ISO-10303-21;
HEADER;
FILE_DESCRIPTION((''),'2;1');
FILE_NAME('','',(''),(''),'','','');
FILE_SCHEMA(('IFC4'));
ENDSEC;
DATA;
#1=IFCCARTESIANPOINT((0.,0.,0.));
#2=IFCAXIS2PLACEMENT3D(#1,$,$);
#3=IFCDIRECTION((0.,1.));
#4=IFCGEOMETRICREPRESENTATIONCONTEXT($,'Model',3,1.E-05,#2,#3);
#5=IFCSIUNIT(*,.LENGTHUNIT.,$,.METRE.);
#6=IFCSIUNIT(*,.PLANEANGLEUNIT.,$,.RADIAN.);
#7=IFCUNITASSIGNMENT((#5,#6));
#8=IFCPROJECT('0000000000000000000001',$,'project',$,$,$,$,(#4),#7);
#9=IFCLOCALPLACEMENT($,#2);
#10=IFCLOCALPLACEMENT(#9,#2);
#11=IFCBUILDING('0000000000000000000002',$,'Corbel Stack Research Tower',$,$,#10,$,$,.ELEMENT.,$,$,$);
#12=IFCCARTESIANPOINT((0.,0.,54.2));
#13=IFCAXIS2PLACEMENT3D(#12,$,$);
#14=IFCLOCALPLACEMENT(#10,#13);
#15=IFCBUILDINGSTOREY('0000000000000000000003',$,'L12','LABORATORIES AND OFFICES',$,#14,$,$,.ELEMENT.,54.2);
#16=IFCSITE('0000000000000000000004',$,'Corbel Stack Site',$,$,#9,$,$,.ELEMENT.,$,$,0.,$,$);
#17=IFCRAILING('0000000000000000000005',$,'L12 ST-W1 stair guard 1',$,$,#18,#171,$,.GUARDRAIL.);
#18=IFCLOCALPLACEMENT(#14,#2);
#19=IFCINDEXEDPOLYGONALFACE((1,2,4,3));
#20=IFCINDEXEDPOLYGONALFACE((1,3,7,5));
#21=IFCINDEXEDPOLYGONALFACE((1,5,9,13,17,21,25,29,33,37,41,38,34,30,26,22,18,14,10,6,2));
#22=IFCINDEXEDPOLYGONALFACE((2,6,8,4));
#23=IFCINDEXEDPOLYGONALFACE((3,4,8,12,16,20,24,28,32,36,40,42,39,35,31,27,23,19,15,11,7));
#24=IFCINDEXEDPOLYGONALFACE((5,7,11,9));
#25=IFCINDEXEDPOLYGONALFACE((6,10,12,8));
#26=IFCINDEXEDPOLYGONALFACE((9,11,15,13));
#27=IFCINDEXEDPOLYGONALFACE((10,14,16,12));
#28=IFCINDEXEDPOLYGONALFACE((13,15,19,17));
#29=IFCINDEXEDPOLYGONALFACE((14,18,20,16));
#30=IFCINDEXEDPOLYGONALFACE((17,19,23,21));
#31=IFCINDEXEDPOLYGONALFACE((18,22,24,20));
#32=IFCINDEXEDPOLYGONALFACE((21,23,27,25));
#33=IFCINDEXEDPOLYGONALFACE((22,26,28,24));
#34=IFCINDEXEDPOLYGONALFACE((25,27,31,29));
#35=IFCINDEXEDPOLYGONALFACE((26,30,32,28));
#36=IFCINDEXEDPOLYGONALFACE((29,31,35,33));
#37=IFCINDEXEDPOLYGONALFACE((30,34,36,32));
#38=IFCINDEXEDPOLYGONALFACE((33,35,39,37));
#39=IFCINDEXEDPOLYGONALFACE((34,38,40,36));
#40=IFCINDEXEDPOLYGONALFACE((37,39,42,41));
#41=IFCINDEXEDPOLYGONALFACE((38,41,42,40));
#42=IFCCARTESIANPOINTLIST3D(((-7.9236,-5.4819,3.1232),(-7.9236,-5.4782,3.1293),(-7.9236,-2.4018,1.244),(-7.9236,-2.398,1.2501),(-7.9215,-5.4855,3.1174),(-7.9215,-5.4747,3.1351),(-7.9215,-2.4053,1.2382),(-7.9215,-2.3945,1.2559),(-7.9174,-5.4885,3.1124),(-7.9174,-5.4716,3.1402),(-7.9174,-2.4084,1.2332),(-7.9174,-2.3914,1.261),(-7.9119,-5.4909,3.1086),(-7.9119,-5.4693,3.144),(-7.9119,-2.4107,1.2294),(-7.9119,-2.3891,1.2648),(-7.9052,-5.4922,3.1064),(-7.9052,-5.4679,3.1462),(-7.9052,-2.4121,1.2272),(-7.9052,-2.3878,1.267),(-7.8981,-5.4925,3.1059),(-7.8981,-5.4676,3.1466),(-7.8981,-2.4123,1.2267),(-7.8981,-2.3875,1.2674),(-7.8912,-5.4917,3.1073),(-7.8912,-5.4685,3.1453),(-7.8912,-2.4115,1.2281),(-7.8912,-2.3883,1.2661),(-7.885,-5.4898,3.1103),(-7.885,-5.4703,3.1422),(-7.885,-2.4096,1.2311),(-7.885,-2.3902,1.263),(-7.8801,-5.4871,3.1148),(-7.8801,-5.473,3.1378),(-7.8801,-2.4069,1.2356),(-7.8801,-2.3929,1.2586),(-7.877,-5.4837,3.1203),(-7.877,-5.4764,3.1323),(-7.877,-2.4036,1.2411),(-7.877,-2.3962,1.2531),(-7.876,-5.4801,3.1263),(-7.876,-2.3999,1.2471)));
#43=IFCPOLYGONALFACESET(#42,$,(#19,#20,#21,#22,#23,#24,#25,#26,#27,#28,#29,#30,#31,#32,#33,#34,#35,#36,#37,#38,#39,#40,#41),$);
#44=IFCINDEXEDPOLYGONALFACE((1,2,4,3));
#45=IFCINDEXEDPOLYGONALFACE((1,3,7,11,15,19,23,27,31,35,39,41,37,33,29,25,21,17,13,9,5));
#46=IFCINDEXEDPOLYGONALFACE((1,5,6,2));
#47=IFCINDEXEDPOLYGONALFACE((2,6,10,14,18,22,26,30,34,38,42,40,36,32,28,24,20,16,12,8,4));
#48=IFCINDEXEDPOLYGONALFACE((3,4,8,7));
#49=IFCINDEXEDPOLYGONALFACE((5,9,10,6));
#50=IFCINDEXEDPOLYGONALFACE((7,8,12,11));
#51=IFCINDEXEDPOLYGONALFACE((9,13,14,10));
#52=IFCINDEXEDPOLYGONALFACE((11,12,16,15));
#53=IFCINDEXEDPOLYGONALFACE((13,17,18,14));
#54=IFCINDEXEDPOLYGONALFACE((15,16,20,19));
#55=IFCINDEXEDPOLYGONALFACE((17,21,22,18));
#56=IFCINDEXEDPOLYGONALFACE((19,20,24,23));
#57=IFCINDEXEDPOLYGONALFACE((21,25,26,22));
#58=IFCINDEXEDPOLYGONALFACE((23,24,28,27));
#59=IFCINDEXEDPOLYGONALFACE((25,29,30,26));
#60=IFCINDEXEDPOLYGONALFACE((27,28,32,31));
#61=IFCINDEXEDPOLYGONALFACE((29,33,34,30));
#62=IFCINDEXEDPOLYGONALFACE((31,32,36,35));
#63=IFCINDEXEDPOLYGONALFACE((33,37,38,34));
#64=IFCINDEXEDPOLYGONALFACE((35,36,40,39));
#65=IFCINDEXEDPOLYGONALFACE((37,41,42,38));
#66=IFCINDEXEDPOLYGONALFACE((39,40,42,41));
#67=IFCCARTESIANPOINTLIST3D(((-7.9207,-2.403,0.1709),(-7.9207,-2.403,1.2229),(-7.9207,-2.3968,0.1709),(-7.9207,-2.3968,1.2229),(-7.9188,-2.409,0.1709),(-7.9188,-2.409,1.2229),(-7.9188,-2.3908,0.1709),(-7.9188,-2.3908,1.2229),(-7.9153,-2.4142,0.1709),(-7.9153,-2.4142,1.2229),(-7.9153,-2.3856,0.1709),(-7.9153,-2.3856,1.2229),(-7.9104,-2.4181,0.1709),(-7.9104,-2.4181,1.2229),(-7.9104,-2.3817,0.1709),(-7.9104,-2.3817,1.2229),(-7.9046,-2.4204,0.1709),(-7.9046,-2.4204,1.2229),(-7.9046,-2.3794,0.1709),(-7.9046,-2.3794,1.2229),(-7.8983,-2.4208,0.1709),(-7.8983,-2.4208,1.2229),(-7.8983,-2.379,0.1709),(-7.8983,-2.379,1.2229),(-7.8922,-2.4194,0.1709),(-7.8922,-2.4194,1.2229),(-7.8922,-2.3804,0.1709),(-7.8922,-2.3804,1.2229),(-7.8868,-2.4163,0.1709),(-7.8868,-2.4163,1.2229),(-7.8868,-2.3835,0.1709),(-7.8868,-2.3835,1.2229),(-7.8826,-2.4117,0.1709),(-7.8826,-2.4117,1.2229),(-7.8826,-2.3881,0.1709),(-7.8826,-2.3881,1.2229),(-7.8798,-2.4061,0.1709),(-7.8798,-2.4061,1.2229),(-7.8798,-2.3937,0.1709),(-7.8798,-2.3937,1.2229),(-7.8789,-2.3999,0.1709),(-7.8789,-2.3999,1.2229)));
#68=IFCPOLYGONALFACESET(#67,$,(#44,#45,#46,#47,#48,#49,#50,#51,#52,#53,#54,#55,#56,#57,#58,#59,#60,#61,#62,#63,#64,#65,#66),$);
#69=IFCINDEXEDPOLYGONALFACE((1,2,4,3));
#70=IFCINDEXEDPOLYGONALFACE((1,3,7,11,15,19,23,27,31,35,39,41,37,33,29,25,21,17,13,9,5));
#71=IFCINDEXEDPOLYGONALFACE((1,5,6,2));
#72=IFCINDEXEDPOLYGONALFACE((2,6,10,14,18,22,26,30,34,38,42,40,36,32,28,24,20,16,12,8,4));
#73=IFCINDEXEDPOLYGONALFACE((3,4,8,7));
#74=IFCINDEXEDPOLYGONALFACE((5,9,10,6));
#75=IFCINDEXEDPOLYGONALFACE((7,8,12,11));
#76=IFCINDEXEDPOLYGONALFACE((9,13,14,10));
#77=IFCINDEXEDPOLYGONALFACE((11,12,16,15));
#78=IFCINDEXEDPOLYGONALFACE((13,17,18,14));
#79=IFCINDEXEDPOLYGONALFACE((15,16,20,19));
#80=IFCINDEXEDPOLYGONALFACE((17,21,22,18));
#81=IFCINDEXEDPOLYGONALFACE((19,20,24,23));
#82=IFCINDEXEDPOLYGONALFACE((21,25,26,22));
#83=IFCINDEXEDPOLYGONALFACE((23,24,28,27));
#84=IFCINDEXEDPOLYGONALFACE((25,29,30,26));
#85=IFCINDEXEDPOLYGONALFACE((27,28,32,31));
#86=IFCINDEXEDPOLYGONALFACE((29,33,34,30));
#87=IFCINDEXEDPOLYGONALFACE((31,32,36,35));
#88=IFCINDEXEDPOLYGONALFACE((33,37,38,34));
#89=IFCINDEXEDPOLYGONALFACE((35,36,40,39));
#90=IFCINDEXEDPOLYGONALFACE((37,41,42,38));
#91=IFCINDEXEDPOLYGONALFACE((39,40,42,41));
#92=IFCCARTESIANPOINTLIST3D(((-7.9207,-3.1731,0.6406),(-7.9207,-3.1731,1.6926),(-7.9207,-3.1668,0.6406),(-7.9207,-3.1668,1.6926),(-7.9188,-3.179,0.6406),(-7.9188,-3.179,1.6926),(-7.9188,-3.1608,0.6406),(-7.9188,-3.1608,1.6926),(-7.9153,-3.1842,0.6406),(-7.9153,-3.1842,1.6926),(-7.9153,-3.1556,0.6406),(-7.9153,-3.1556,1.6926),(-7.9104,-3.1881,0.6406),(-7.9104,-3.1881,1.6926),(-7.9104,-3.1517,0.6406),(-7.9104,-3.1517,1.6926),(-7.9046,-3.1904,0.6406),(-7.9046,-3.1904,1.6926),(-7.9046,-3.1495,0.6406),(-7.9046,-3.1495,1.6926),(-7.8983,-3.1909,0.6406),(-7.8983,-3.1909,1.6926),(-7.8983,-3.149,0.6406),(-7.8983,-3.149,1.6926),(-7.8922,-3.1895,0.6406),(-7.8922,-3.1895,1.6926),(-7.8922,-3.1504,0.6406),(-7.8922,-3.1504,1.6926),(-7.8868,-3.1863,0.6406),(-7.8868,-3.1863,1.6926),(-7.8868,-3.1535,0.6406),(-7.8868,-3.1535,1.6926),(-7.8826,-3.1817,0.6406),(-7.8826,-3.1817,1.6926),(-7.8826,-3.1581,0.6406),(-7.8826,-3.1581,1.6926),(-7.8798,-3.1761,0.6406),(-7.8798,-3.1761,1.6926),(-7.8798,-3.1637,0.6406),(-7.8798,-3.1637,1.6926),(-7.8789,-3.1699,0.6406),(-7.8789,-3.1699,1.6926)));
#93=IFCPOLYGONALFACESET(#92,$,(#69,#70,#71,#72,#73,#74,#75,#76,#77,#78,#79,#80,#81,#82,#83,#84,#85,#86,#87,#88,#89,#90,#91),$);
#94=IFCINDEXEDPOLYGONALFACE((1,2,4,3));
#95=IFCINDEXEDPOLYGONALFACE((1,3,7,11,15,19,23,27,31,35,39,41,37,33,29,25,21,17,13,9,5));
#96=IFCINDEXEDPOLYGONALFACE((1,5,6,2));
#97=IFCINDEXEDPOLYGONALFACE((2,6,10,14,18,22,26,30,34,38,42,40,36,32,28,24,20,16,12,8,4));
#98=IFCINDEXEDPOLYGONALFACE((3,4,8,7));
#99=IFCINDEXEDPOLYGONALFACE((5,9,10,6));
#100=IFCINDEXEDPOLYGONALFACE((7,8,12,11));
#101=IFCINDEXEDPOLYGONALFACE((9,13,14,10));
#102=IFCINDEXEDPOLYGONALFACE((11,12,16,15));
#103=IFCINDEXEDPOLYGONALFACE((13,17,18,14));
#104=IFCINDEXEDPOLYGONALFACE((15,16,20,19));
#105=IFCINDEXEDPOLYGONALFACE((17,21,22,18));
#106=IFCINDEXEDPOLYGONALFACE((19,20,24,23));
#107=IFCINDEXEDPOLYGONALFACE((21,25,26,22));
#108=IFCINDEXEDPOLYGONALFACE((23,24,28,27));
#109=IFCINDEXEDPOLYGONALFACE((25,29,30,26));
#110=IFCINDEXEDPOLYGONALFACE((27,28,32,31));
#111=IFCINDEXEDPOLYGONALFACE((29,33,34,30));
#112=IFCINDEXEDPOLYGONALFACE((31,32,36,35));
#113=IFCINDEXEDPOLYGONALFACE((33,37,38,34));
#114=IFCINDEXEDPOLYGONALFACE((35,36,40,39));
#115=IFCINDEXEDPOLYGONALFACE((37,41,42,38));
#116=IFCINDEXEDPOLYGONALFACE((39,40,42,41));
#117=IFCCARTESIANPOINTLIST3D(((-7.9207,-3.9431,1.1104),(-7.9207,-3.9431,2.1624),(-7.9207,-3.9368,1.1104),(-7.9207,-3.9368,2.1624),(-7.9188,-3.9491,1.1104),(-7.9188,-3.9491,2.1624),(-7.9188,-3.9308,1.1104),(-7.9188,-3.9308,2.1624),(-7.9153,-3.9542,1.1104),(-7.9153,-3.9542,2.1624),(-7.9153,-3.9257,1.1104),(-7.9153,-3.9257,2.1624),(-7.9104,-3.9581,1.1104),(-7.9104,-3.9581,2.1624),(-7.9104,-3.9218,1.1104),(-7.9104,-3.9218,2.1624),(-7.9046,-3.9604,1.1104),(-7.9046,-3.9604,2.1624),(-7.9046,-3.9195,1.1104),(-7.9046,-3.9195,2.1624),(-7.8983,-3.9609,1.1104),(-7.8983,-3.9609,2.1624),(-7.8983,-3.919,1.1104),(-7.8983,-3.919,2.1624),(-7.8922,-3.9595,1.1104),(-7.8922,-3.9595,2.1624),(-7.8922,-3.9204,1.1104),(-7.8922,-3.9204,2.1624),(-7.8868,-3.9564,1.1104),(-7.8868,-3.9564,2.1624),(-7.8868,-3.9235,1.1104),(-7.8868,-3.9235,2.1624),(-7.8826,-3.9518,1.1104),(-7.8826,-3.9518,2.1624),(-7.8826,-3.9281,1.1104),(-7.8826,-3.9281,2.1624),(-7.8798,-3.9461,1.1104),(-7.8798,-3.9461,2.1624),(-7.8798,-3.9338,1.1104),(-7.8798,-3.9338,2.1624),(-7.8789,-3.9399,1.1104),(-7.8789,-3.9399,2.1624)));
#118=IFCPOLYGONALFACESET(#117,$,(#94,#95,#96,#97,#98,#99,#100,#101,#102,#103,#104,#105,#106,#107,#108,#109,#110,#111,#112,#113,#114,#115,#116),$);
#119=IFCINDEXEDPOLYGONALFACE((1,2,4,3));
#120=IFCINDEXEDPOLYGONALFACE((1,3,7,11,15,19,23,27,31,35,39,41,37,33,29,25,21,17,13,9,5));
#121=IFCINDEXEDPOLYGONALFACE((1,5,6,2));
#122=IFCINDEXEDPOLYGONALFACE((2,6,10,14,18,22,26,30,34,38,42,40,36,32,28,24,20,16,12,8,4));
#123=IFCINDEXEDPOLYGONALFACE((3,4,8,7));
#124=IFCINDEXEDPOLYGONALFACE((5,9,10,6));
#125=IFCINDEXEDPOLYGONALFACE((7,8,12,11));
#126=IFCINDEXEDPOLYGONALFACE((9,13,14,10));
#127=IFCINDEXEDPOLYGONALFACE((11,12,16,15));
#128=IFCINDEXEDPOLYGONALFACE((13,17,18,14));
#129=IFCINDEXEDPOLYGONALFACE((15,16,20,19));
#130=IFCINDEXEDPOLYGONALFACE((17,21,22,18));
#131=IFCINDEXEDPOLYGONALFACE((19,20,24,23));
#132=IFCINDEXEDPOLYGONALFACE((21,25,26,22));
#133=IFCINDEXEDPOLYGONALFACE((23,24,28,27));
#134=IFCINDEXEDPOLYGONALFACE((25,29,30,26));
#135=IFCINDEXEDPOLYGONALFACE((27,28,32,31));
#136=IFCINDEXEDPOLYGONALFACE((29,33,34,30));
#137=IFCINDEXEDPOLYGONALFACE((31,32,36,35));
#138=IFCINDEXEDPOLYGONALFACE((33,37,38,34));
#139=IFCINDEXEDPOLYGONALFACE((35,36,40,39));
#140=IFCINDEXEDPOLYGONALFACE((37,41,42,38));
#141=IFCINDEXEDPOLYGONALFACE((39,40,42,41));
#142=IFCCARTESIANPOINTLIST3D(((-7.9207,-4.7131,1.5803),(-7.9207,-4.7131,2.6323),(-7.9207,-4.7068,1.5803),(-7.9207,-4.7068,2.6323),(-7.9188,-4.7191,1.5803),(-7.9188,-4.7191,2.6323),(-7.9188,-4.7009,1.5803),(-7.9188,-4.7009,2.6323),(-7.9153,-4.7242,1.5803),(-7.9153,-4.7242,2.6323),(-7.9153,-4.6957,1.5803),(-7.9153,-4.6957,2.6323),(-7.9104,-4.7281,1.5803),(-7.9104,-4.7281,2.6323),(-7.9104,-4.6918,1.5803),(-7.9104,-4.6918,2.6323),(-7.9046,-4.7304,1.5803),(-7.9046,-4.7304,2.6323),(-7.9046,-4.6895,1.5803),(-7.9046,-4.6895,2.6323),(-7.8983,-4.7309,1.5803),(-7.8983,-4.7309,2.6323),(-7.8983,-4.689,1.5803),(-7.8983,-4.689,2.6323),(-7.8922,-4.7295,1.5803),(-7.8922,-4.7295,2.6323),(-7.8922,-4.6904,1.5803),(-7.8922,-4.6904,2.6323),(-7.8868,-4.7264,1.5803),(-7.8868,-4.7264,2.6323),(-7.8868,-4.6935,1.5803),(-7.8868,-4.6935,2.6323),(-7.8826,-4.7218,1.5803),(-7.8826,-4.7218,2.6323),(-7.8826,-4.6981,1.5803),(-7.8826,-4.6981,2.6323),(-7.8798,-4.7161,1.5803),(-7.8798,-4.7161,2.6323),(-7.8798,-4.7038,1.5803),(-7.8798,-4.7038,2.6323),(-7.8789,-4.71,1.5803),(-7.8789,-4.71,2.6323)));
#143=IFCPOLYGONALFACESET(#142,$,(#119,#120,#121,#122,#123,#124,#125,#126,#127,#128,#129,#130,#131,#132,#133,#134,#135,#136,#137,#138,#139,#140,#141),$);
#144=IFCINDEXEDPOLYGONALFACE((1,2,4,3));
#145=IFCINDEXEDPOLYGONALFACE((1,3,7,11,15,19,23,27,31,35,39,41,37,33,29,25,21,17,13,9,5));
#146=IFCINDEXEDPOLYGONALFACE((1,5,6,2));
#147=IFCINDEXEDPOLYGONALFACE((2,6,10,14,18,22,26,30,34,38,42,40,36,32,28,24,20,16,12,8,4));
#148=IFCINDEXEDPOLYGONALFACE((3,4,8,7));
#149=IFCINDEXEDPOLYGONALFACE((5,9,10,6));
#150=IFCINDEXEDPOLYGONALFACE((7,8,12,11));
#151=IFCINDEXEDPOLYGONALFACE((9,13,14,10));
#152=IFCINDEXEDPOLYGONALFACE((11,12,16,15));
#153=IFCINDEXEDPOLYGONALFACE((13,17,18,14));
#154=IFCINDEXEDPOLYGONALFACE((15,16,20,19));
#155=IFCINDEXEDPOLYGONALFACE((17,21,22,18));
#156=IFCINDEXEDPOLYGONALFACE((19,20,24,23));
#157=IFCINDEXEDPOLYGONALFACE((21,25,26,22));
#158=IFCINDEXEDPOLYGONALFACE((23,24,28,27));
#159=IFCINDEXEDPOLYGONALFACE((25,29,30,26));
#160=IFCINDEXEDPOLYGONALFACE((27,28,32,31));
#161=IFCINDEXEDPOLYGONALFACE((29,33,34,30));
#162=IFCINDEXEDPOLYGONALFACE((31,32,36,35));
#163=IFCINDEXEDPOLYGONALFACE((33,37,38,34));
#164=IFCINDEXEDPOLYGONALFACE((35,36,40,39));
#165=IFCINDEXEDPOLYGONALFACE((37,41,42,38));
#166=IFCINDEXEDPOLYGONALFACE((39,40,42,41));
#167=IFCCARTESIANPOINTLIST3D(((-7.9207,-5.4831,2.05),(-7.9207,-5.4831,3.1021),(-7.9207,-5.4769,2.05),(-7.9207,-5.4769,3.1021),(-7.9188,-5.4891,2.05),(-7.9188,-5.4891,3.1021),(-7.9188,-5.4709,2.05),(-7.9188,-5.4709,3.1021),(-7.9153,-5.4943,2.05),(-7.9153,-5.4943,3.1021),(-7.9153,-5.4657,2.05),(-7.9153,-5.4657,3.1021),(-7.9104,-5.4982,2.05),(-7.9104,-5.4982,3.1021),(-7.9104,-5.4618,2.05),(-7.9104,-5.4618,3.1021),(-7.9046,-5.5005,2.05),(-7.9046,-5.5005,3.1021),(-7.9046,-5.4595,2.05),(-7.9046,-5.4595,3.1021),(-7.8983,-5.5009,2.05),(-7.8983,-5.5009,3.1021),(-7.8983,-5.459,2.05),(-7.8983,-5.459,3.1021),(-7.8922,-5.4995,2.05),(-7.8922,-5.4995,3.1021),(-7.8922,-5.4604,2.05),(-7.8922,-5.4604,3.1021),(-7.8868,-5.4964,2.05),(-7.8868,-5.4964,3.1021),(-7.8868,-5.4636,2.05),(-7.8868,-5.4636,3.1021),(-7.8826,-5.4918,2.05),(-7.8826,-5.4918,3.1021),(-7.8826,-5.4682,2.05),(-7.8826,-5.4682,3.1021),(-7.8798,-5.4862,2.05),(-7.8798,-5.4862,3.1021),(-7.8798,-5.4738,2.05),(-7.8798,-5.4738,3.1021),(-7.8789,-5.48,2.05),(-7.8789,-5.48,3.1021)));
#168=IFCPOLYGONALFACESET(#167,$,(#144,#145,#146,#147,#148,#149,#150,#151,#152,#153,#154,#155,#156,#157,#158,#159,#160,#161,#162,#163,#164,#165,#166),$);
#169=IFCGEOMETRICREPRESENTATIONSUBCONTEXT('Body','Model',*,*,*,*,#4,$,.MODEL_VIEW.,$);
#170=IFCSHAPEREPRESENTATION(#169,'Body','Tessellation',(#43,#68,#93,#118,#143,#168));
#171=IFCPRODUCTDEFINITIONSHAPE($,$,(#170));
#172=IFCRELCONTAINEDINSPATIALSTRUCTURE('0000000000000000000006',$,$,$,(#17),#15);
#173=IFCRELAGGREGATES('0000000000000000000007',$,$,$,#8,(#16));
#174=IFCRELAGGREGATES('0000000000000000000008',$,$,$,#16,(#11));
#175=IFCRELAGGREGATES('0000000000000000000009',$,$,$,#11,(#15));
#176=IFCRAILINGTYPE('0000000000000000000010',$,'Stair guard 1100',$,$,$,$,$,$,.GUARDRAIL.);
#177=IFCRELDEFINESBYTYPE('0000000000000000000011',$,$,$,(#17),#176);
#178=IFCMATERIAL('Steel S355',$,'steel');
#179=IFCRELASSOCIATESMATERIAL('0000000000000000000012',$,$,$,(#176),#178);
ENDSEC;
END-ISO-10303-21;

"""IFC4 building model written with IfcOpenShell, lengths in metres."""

from ifc_helpers import new_model, si_unit, direction, frame, origin, origin_2d, place, context, subcontext, project, spatial, circle, extrude, material, type_object, element, save


model = new_model("IFC4")

# Units and contexts
model_context = context("Model", 3, precision=1e-05, world=origin(), true_north=direction((0.0, 1.0)))
body_context = subcontext(model_context, "Body", "Model", "MODEL_VIEW")
ifc_project = project(units=[si_unit("LENGTHUNIT", "METRE"), si_unit("PLANEANGLEUNIT", "RADIAN")], contexts=[model_context])

# Site, building, storey
site_placement = place(None, origin())
site = spatial("IfcSite", under=ifc_project, at=site_placement, Name="Corbel Stack Site", CompositionType="ELEMENT", RefElevation=0.0)
building_placement = place(site_placement, origin())
building = spatial("IfcBuilding", under=site, at=building_placement, Name="Corbel Stack Research Tower", CompositionType="ELEMENT")
storey_placement = place(building_placement, frame((0.0, 0.0, 54.2)))
storey = spatial("IfcBuildingStorey", under=building, at=storey_placement, Name="L12", Description="LABORATORIES AND OFFICES", CompositionType="ELEMENT", Elevation=54.2)

# Railing
ifc_material_1 = material(Name="Steel S355", Category="steel")
railing_type_1 = type_object("IfcRailingType", Name="Stair guard 1100", PredefinedType="GUARDRAIL", material=ifc_material_1)
railing_1_placement = place(storey_placement, frame((-7.8999, -2.3999, 0.1709)))
element("IfcRailing", 1, at=railing_1_placement, inside=storey, type_object=railing_type_1, Name="L12 ST-W1 stair guard 1", PredefinedType="GUARDRAIL", context=body_context, shape_type="SweptSolid", body=[
    extrude(circle(Radius=0.0239, at=origin_2d()), frame((0.0, 0.0, 1.0762), z_axis=(0.0, -0.853666, 0.52082), x_axis=(1.0, 0.0, 0.0)), (0.0, 0.0, 1.0), 3.6082),
    extrude(circle(Radius=0.021, at=origin_2d()), origin(), (0.0, 0.0, 1.0), 1.052),
    extrude(circle(Radius=0.021, at=origin_2d()), frame((0.0, -0.77, 0.4697)), (0.0, 0.0, 1.0), 1.052),
    extrude(circle(Radius=0.021, at=origin_2d()), frame((0.0, -1.54, 0.9395)), (0.0, 0.0, 1.0), 1.052),
    extrude(circle(Radius=0.021, at=origin_2d()), frame((0.0, -2.3101, 1.4094)), (0.0, 0.0, 1.0), 1.052),
    extrude(circle(Radius=0.021, at=origin_2d()), frame((0.0, -3.0801, 1.8792)), (0.0, 0.0, 1.0), 1.052),
])

save(model, "model.ifc")
